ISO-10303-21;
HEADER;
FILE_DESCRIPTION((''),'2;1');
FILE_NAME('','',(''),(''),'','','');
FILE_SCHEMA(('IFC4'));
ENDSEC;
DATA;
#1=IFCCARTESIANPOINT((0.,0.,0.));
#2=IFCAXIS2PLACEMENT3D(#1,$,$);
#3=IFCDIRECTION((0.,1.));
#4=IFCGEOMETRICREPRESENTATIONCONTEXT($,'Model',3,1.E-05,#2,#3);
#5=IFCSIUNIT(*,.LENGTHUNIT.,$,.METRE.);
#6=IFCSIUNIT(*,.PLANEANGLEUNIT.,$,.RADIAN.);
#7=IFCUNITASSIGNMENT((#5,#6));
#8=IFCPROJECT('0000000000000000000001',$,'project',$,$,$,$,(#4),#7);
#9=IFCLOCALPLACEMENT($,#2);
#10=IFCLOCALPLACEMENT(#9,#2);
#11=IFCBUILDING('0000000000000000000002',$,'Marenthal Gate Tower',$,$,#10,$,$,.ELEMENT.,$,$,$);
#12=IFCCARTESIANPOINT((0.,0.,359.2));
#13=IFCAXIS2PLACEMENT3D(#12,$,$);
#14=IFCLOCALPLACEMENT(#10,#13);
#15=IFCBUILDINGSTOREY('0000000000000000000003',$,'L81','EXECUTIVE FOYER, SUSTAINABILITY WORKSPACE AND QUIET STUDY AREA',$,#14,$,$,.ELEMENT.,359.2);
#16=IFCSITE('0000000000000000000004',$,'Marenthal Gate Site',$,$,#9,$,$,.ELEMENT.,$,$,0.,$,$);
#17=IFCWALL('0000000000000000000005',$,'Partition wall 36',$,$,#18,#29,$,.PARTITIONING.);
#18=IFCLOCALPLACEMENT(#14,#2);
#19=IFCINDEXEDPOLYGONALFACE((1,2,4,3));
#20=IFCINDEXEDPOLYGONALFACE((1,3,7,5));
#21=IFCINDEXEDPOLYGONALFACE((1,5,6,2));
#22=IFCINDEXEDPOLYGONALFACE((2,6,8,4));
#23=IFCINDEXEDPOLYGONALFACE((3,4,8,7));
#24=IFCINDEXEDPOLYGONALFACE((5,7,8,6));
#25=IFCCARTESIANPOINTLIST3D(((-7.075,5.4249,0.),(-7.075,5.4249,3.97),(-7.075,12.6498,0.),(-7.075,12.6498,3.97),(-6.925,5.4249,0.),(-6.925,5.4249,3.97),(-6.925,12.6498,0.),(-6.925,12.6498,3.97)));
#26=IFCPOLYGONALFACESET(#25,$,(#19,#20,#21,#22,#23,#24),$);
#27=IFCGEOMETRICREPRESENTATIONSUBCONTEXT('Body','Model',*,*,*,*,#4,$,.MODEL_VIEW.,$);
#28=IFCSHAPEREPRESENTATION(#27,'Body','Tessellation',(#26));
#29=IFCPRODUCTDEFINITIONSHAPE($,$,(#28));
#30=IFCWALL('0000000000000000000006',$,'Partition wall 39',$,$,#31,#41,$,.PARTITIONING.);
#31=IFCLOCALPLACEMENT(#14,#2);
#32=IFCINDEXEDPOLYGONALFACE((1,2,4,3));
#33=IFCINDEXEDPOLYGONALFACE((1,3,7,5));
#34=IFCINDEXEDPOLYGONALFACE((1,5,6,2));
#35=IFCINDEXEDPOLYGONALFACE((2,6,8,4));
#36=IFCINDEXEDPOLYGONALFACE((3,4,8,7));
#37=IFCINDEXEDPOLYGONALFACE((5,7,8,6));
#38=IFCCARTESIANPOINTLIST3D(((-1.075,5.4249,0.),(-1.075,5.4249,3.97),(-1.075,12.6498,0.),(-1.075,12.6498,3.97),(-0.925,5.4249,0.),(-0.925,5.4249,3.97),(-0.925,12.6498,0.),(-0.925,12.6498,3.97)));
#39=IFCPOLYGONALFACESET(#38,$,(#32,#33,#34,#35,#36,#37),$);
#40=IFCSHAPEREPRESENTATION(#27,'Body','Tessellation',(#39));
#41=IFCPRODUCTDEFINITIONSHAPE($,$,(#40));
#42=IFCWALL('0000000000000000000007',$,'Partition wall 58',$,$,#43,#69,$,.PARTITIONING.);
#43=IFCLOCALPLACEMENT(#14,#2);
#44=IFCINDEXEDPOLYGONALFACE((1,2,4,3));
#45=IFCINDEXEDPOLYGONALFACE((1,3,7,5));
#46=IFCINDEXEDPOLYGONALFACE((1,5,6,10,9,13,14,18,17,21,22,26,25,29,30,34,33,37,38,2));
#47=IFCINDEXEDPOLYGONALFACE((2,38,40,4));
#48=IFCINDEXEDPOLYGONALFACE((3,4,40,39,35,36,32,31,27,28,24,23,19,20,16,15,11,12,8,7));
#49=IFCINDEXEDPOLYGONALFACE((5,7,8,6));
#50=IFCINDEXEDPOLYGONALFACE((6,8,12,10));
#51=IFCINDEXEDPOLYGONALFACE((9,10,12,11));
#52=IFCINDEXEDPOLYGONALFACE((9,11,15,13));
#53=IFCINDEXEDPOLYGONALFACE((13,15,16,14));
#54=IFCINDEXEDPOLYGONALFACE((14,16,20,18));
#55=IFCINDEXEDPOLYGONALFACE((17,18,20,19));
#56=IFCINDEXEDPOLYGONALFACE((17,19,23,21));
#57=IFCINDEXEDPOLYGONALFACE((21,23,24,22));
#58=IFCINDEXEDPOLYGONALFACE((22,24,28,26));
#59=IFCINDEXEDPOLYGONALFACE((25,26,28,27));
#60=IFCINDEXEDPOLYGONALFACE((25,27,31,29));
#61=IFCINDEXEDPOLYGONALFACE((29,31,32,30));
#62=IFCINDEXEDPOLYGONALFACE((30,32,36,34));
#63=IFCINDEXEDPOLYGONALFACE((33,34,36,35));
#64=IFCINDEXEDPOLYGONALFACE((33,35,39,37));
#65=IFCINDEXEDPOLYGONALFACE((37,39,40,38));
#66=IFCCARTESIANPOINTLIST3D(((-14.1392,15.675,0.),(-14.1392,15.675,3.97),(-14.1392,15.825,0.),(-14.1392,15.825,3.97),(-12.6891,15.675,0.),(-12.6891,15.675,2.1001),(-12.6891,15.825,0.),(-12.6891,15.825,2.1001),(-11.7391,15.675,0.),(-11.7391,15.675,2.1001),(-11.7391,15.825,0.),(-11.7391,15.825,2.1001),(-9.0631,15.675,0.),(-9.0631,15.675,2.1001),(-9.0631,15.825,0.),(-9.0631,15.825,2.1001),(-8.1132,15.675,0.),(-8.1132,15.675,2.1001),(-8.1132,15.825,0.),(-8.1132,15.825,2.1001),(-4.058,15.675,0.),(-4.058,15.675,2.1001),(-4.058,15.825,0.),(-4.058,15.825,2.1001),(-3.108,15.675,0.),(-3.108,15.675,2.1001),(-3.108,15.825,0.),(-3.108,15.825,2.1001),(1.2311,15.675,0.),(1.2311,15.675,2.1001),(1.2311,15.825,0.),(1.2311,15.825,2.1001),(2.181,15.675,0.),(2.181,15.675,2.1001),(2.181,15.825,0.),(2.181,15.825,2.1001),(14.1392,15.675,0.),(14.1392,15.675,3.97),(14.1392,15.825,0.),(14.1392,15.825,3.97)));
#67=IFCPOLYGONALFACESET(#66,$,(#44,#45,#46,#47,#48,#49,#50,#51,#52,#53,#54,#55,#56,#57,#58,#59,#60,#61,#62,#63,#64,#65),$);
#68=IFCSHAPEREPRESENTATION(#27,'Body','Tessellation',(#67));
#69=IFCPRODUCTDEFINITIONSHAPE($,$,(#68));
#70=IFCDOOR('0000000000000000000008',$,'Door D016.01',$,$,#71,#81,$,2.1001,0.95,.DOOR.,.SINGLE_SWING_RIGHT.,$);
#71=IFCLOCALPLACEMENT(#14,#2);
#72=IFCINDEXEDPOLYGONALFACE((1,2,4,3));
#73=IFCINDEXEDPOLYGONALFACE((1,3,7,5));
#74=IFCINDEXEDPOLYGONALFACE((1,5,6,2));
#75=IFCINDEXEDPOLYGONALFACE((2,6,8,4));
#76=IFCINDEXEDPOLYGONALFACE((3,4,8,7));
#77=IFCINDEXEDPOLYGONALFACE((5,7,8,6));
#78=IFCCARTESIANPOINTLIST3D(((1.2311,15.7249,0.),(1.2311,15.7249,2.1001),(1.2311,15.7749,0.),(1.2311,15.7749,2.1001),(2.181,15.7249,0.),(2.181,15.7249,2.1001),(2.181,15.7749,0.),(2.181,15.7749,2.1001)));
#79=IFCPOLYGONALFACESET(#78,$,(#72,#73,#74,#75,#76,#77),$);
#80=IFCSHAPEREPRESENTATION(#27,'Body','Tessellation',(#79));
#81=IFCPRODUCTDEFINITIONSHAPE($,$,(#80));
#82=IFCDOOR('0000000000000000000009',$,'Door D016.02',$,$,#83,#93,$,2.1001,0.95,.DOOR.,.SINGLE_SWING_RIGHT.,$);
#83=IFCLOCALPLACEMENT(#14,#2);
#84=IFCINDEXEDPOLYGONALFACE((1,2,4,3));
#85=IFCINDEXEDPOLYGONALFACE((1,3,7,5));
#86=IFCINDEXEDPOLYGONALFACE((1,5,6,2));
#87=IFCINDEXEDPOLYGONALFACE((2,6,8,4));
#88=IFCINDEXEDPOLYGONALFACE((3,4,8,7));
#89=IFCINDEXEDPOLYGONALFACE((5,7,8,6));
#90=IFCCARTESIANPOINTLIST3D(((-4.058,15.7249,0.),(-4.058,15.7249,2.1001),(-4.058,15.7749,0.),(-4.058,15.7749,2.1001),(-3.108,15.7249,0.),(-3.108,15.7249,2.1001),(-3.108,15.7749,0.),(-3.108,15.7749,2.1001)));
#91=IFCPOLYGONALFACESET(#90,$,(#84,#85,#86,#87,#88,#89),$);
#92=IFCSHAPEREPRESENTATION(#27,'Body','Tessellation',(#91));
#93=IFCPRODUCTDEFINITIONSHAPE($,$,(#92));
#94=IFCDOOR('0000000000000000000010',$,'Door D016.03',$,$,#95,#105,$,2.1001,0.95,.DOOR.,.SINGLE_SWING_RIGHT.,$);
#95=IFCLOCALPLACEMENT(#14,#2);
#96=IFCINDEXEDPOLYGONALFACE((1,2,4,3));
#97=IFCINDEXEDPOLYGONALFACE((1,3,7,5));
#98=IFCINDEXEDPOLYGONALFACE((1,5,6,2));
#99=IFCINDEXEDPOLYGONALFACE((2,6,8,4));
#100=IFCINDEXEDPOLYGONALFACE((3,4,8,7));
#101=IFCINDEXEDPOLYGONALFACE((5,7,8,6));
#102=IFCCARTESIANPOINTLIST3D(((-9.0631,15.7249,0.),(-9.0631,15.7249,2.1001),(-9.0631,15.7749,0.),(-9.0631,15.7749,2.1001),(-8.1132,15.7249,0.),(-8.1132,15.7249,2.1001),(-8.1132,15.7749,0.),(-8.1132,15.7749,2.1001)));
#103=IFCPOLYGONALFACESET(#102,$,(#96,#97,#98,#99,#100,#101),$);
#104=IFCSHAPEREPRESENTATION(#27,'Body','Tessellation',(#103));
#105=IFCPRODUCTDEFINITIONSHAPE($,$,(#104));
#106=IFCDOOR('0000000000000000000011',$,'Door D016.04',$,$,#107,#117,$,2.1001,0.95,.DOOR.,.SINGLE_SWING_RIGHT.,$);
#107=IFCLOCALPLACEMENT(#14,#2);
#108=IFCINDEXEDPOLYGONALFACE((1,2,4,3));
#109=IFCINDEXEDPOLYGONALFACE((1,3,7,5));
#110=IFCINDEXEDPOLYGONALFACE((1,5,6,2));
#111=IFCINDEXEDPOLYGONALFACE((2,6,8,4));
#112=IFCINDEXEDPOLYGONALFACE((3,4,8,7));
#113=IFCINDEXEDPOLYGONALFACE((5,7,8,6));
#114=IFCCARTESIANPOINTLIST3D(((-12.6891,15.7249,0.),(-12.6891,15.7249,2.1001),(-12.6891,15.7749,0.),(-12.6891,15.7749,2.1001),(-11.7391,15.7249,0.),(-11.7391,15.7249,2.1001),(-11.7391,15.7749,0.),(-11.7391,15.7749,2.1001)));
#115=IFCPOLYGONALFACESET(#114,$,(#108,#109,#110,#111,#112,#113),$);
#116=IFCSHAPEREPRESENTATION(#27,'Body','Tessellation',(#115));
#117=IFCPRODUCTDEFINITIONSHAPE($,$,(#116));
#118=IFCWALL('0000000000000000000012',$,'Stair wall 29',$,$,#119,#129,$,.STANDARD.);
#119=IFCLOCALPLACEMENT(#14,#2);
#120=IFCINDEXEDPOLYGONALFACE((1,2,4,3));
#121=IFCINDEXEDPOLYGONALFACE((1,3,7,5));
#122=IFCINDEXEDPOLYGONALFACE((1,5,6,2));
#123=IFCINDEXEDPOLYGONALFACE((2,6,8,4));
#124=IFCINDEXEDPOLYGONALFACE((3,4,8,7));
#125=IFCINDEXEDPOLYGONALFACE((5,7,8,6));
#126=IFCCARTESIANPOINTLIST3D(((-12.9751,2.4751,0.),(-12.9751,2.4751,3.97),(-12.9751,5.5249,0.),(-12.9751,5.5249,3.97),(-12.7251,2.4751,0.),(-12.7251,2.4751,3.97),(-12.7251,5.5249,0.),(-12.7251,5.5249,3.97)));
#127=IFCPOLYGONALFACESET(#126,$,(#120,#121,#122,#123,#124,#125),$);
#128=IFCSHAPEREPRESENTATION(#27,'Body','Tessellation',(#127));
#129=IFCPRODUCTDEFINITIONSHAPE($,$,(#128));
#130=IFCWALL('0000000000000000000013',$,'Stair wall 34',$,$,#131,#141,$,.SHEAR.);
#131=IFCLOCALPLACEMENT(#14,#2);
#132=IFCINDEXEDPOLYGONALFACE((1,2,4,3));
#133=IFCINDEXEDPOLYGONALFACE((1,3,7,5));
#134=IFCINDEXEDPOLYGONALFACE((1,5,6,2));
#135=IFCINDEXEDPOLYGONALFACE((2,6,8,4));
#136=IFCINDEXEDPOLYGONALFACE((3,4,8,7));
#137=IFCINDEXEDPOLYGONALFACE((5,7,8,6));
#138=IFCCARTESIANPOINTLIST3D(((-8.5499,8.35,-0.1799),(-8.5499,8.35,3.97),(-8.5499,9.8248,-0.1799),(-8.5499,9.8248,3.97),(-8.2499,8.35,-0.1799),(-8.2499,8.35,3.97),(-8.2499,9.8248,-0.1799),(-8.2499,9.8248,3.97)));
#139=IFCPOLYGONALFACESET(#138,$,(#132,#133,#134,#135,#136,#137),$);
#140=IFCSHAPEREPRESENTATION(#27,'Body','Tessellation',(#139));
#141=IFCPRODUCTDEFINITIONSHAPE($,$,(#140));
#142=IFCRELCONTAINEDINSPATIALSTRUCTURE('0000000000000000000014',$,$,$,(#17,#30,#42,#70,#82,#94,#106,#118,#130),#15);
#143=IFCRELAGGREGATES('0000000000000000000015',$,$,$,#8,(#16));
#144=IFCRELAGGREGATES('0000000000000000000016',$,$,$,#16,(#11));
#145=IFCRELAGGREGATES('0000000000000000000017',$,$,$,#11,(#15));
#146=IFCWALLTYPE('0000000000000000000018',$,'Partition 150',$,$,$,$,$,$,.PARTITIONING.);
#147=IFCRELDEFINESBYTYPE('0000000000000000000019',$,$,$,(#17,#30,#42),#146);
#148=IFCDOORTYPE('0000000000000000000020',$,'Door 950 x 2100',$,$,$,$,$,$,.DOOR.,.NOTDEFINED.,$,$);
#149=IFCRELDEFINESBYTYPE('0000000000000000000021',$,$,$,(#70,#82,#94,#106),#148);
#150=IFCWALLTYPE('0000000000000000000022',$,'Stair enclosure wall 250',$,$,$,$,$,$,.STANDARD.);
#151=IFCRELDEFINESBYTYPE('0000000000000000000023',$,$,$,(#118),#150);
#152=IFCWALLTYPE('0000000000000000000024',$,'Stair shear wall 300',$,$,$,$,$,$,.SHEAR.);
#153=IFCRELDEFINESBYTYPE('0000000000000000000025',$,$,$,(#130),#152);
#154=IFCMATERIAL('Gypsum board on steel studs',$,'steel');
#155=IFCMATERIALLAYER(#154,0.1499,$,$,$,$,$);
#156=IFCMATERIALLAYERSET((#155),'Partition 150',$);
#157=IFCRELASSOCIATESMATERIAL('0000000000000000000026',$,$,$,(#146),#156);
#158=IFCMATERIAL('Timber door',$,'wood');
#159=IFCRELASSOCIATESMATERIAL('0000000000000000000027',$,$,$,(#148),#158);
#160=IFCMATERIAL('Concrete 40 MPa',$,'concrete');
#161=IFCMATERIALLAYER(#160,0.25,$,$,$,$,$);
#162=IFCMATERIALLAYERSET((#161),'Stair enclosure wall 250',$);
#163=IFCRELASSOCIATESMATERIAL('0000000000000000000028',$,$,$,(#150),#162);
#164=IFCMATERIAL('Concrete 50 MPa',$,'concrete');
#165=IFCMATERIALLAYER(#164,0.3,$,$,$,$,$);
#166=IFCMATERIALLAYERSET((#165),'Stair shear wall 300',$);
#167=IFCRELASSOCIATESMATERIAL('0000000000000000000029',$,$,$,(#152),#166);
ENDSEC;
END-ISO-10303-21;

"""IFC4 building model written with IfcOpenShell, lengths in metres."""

from ifc_helpers import new_model, si_unit, direction, frame, frame_2d, origin, place, context, subcontext, project, spatial, rectangle, extrude, material, layer, layer_set, type_object, element, fill, save


model = new_model("IFC4")

# Units and contexts
model_context = context("Model", 3, precision=1e-05, world=origin(), true_north=direction((0.0, 1.0)))
body_context = subcontext(model_context, "Body", "Model", "MODEL_VIEW")
ifc_project = project(units=[si_unit("LENGTHUNIT", "METRE"), si_unit("PLANEANGLEUNIT", "RADIAN")], contexts=[model_context])

# Site, building, storey
site_placement = place(None, origin())
site = spatial("IfcSite", under=ifc_project, at=site_placement, Name="Marenthal Gate Site", CompositionType="ELEMENT", RefElevation=0.0)
building_placement = place(site_placement, origin())
building = spatial("IfcBuilding", under=site, at=building_placement, Name="Marenthal Gate Tower", CompositionType="ELEMENT")
storey_placement = place(building_placement, frame((0.0, 0.0, 359.2)))
storey = spatial("IfcBuildingStorey", under=building, at=storey_placement, Name="L81", Description="EXECUTIVE FOYER, SUSTAINABILITY WORKSPACE AND QUIET STUDY AREA", CompositionType="ELEMENT", Elevation=359.2)

# Walls
ifc_material_1 = material(Name="Gypsum board on steel studs", Category="steel")
ifc_layer_1 = layer(ifc_material_1, 0.1499)
ifc_layer_set_1 = layer_set([ifc_layer_1], Name="Partition 150")
wall_type_1 = type_object("IfcWallType", Name="Partition 150", PredefinedType="PARTITIONING", material=ifc_layer_set_1)
for number, where, z_axis, x_axis, name in (
    (1, (-7.0, 5.425, 0.0), (0.0, 0.0, 1.0), (0.0, 1.0, 0.0), "Partition wall 36"),
    (2, (-1.0, 5.425, 0.0), (0.0, 0.0, 1.0), (0.0, 1.0, 0.0), "Partition wall 39"),
):
    element("IfcWall", number, at=place(storey_placement, frame(where, z_axis=z_axis, x_axis=x_axis)), inside=storey, type_object=wall_type_1, Name=name, PredefinedType="PARTITIONING", context=body_context, shape_type="SweptSolid", body=[
        extrude(rectangle(XDim=7.2249, YDim=0.1499, at=frame_2d((3.6123, 0.0))), origin(), (0.0, 0.0, 1.0), 3.97),
    ])

# Wall, openings, doors
wall_1_placement = place(storey_placement, frame((-14.1392, 15.75, 0.0), z_axis=(0.0, 0.0, 1.0), x_axis=(1.0, 0.0, 0.0)))
wall_1 = element("IfcWall", 3, at=wall_1_placement, inside=storey, type_object=wall_type_1, Name="Partition wall 58", PredefinedType="PARTITIONING", context=body_context, shape_type="SweptSolid", body=[
    extrude(rectangle(XDim=28.2783, YDim=0.1499, at=frame_2d((14.1392, 0.0))), origin(), (0.0, 0.0, 1.0), 3.97),
])
opening_1_placement = place(wall_1_placement, frame((15.3701, 0.0, 0.0)))
opening_1 = element("IfcOpeningElement", 4, at=opening_1_placement, cuts=wall_1, PredefinedType="OPENING", context=body_context, shape_type="SweptSolid", body=[
    extrude(rectangle(XDim=0.95, YDim=2.1001, at=frame_2d((0.4751, 1.05))), frame((0.0, 0.085, 0.0), z_axis=(0.0, -1.0, 0.0), x_axis=(1.0, 0.0, 0.0)), (0.0, 0.0, 1.0), 0.1699),
])
opening_2_placement = place(wall_1_placement, frame((10.0811, 0.0, 0.0)))
opening_2 = element("IfcOpeningElement", 5, at=opening_2_placement, cuts=wall_1, PredefinedType="OPENING", context=body_context, shape_type="SweptSolid", body=[
    extrude(rectangle(XDim=0.95, YDim=2.1001, at=frame_2d((0.4751, 1.05))), frame((0.0, 0.085, 0.0), z_axis=(0.0, -1.0, 0.0), x_axis=(1.0, 0.0, 0.0)), (0.0, 0.0, 1.0), 0.1699),
])
opening_3_placement = place(wall_1_placement, frame((5.0759, 0.0, 0.0)))
opening_3 = element("IfcOpeningElement", 6, at=opening_3_placement, cuts=wall_1, PredefinedType="OPENING", context=body_context, shape_type="SweptSolid", body=[
    extrude(rectangle(XDim=0.95, YDim=2.1001, at=frame_2d((0.4751, 1.05))), frame((0.0, 0.085, 0.0), z_axis=(0.0, -1.0, 0.0), x_axis=(1.0, 0.0, 0.0)), (0.0, 0.0, 1.0), 0.1699),
])
opening_4_placement = place(wall_1_placement, frame((1.45, 0.0, 0.0)))
opening_4 = element("IfcOpeningElement", 7, at=opening_4_placement, cuts=wall_1, PredefinedType="OPENING", context=body_context, shape_type="SweptSolid", body=[
    extrude(rectangle(XDim=0.95, YDim=2.1001, at=frame_2d((0.4751, 1.05))), frame((0.0, 0.085, 0.0), z_axis=(0.0, -1.0, 0.0), x_axis=(1.0, 0.0, 0.0)), (0.0, 0.0, 1.0), 0.1699),
])
ifc_material_2 = material(Name="Timber door", Category="wood")
door_type_1 = type_object("IfcDoorType", Name="Door 950 x 2100", OperationType="NOTDEFINED", PredefinedType="DOOR", material=ifc_material_2)
door_1_placement = place(opening_1_placement, origin())
door_1 = element("IfcDoor", 8, at=door_1_placement, inside=storey, type_object=door_type_1, Name="Door D016.01", OperationType="SINGLE_SWING_RIGHT", OverallHeight=2.1001, OverallWidth=0.95, PredefinedType="DOOR", context=body_context, shape_type="SweptSolid", body=[
    extrude(rectangle(XDim=0.95, YDim=2.1001, at=frame_2d((0.4751, 1.05))), frame((0.0, 0.0249, 0.0), z_axis=(0.0, -1.0, 0.0), x_axis=(1.0, 0.0, 0.0)), (0.0, 0.0, 1.0), 0.05),
])
fill(opening_1, door_1)
door_2_placement = place(opening_2_placement, origin())
door_2 = element("IfcDoor", 9, at=door_2_placement, inside=storey, type_object=door_type_1, Name="Door D016.02", OperationType="SINGLE_SWING_RIGHT", OverallHeight=2.1001, OverallWidth=0.95, PredefinedType="DOOR", context=body_context, shape_type="SweptSolid", body=[
    extrude(rectangle(XDim=0.95, YDim=2.1001, at=frame_2d((0.4751, 1.05))), frame((0.0, 0.0249, 0.0), z_axis=(0.0, -1.0, 0.0), x_axis=(1.0, 0.0, 0.0)), (0.0, 0.0, 1.0), 0.05),
])
fill(opening_2, door_2)
door_3_placement = place(opening_3_placement, origin())
door_3 = element("IfcDoor", 10, at=door_3_placement, inside=storey, type_object=door_type_1, Name="Door D016.03", OperationType="SINGLE_SWING_RIGHT", OverallHeight=2.1001, OverallWidth=0.95, PredefinedType="DOOR", context=body_context, shape_type="SweptSolid", body=[
    extrude(rectangle(XDim=0.95, YDim=2.1001, at=frame_2d((0.4751, 1.05))), frame((0.0, 0.0249, 0.0), z_axis=(0.0, -1.0, 0.0), x_axis=(1.0, 0.0, 0.0)), (0.0, 0.0, 1.0), 0.05),
])
fill(opening_3, door_3)
door_4_placement = place(opening_4_placement, origin())
door_4 = element("IfcDoor", 11, at=door_4_placement, inside=storey, type_object=door_type_1, Name="Door D016.04", OperationType="SINGLE_SWING_RIGHT", OverallHeight=2.1001, OverallWidth=0.95, PredefinedType="DOOR", context=body_context, shape_type="SweptSolid", body=[
    extrude(rectangle(XDim=0.95, YDim=2.1001, at=frame_2d((0.4751, 1.05))), frame((0.0, 0.0249, 0.0), z_axis=(0.0, -1.0, 0.0), x_axis=(1.0, 0.0, 0.0)), (0.0, 0.0, 1.0), 0.05),
])
fill(opening_4, door_4)

# Walls
ifc_material_3 = material(Name="Concrete 40 MPa", Category="concrete")
ifc_layer_2 = layer(ifc_material_3, 0.25)
ifc_layer_set_2 = layer_set([ifc_layer_2], Name="Stair enclosure wall 250")
wall_type_2 = type_object("IfcWallType", Name="Stair enclosure wall 250", PredefinedType="STANDARD", material=ifc_layer_set_2)
wall_2_placement = place(storey_placement, frame((-12.8501, 2.4751, 0.0), z_axis=(0.0, 0.0, 1.0), x_axis=(0.0, 1.0, 0.0)))
element("IfcWall", 12, at=wall_2_placement, inside=storey, type_object=wall_type_2, Name="Stair wall 29", PredefinedType="STANDARD", context=body_context, shape_type="SweptSolid", body=[
    extrude(rectangle(XDim=3.0498, YDim=0.25, at=frame_2d((1.5249, 0.0))), origin(), (0.0, 0.0, 1.0), 3.97),
])
ifc_material_4 = material(Name="Concrete 50 MPa", Category="concrete")
ifc_layer_3 = layer(ifc_material_4, 0.3)
ifc_layer_set_3 = layer_set([ifc_layer_3], Name="Stair shear wall 300")
wall_type_3 = type_object("IfcWallType", Name="Stair shear wall 300", PredefinedType="SHEAR", material=ifc_layer_set_3)
wall_3_placement = place(storey_placement, frame((-8.3999, 8.3501, -0.1799), z_axis=(0.0, 0.0, 1.0), x_axis=(0.0, 1.0, 0.0)))
element("IfcWall", 13, at=wall_3_placement, inside=storey, type_object=wall_type_3, Name="Stair wall 34", PredefinedType="SHEAR", context=body_context, shape_type="SweptSolid", body=[
    extrude(rectangle(XDim=1.4749, YDim=0.3, at=frame_2d((0.7373, 0.0))), origin(), (0.0, 0.0, 1.0), 4.1499),
])

save(model, "model.ifc")
